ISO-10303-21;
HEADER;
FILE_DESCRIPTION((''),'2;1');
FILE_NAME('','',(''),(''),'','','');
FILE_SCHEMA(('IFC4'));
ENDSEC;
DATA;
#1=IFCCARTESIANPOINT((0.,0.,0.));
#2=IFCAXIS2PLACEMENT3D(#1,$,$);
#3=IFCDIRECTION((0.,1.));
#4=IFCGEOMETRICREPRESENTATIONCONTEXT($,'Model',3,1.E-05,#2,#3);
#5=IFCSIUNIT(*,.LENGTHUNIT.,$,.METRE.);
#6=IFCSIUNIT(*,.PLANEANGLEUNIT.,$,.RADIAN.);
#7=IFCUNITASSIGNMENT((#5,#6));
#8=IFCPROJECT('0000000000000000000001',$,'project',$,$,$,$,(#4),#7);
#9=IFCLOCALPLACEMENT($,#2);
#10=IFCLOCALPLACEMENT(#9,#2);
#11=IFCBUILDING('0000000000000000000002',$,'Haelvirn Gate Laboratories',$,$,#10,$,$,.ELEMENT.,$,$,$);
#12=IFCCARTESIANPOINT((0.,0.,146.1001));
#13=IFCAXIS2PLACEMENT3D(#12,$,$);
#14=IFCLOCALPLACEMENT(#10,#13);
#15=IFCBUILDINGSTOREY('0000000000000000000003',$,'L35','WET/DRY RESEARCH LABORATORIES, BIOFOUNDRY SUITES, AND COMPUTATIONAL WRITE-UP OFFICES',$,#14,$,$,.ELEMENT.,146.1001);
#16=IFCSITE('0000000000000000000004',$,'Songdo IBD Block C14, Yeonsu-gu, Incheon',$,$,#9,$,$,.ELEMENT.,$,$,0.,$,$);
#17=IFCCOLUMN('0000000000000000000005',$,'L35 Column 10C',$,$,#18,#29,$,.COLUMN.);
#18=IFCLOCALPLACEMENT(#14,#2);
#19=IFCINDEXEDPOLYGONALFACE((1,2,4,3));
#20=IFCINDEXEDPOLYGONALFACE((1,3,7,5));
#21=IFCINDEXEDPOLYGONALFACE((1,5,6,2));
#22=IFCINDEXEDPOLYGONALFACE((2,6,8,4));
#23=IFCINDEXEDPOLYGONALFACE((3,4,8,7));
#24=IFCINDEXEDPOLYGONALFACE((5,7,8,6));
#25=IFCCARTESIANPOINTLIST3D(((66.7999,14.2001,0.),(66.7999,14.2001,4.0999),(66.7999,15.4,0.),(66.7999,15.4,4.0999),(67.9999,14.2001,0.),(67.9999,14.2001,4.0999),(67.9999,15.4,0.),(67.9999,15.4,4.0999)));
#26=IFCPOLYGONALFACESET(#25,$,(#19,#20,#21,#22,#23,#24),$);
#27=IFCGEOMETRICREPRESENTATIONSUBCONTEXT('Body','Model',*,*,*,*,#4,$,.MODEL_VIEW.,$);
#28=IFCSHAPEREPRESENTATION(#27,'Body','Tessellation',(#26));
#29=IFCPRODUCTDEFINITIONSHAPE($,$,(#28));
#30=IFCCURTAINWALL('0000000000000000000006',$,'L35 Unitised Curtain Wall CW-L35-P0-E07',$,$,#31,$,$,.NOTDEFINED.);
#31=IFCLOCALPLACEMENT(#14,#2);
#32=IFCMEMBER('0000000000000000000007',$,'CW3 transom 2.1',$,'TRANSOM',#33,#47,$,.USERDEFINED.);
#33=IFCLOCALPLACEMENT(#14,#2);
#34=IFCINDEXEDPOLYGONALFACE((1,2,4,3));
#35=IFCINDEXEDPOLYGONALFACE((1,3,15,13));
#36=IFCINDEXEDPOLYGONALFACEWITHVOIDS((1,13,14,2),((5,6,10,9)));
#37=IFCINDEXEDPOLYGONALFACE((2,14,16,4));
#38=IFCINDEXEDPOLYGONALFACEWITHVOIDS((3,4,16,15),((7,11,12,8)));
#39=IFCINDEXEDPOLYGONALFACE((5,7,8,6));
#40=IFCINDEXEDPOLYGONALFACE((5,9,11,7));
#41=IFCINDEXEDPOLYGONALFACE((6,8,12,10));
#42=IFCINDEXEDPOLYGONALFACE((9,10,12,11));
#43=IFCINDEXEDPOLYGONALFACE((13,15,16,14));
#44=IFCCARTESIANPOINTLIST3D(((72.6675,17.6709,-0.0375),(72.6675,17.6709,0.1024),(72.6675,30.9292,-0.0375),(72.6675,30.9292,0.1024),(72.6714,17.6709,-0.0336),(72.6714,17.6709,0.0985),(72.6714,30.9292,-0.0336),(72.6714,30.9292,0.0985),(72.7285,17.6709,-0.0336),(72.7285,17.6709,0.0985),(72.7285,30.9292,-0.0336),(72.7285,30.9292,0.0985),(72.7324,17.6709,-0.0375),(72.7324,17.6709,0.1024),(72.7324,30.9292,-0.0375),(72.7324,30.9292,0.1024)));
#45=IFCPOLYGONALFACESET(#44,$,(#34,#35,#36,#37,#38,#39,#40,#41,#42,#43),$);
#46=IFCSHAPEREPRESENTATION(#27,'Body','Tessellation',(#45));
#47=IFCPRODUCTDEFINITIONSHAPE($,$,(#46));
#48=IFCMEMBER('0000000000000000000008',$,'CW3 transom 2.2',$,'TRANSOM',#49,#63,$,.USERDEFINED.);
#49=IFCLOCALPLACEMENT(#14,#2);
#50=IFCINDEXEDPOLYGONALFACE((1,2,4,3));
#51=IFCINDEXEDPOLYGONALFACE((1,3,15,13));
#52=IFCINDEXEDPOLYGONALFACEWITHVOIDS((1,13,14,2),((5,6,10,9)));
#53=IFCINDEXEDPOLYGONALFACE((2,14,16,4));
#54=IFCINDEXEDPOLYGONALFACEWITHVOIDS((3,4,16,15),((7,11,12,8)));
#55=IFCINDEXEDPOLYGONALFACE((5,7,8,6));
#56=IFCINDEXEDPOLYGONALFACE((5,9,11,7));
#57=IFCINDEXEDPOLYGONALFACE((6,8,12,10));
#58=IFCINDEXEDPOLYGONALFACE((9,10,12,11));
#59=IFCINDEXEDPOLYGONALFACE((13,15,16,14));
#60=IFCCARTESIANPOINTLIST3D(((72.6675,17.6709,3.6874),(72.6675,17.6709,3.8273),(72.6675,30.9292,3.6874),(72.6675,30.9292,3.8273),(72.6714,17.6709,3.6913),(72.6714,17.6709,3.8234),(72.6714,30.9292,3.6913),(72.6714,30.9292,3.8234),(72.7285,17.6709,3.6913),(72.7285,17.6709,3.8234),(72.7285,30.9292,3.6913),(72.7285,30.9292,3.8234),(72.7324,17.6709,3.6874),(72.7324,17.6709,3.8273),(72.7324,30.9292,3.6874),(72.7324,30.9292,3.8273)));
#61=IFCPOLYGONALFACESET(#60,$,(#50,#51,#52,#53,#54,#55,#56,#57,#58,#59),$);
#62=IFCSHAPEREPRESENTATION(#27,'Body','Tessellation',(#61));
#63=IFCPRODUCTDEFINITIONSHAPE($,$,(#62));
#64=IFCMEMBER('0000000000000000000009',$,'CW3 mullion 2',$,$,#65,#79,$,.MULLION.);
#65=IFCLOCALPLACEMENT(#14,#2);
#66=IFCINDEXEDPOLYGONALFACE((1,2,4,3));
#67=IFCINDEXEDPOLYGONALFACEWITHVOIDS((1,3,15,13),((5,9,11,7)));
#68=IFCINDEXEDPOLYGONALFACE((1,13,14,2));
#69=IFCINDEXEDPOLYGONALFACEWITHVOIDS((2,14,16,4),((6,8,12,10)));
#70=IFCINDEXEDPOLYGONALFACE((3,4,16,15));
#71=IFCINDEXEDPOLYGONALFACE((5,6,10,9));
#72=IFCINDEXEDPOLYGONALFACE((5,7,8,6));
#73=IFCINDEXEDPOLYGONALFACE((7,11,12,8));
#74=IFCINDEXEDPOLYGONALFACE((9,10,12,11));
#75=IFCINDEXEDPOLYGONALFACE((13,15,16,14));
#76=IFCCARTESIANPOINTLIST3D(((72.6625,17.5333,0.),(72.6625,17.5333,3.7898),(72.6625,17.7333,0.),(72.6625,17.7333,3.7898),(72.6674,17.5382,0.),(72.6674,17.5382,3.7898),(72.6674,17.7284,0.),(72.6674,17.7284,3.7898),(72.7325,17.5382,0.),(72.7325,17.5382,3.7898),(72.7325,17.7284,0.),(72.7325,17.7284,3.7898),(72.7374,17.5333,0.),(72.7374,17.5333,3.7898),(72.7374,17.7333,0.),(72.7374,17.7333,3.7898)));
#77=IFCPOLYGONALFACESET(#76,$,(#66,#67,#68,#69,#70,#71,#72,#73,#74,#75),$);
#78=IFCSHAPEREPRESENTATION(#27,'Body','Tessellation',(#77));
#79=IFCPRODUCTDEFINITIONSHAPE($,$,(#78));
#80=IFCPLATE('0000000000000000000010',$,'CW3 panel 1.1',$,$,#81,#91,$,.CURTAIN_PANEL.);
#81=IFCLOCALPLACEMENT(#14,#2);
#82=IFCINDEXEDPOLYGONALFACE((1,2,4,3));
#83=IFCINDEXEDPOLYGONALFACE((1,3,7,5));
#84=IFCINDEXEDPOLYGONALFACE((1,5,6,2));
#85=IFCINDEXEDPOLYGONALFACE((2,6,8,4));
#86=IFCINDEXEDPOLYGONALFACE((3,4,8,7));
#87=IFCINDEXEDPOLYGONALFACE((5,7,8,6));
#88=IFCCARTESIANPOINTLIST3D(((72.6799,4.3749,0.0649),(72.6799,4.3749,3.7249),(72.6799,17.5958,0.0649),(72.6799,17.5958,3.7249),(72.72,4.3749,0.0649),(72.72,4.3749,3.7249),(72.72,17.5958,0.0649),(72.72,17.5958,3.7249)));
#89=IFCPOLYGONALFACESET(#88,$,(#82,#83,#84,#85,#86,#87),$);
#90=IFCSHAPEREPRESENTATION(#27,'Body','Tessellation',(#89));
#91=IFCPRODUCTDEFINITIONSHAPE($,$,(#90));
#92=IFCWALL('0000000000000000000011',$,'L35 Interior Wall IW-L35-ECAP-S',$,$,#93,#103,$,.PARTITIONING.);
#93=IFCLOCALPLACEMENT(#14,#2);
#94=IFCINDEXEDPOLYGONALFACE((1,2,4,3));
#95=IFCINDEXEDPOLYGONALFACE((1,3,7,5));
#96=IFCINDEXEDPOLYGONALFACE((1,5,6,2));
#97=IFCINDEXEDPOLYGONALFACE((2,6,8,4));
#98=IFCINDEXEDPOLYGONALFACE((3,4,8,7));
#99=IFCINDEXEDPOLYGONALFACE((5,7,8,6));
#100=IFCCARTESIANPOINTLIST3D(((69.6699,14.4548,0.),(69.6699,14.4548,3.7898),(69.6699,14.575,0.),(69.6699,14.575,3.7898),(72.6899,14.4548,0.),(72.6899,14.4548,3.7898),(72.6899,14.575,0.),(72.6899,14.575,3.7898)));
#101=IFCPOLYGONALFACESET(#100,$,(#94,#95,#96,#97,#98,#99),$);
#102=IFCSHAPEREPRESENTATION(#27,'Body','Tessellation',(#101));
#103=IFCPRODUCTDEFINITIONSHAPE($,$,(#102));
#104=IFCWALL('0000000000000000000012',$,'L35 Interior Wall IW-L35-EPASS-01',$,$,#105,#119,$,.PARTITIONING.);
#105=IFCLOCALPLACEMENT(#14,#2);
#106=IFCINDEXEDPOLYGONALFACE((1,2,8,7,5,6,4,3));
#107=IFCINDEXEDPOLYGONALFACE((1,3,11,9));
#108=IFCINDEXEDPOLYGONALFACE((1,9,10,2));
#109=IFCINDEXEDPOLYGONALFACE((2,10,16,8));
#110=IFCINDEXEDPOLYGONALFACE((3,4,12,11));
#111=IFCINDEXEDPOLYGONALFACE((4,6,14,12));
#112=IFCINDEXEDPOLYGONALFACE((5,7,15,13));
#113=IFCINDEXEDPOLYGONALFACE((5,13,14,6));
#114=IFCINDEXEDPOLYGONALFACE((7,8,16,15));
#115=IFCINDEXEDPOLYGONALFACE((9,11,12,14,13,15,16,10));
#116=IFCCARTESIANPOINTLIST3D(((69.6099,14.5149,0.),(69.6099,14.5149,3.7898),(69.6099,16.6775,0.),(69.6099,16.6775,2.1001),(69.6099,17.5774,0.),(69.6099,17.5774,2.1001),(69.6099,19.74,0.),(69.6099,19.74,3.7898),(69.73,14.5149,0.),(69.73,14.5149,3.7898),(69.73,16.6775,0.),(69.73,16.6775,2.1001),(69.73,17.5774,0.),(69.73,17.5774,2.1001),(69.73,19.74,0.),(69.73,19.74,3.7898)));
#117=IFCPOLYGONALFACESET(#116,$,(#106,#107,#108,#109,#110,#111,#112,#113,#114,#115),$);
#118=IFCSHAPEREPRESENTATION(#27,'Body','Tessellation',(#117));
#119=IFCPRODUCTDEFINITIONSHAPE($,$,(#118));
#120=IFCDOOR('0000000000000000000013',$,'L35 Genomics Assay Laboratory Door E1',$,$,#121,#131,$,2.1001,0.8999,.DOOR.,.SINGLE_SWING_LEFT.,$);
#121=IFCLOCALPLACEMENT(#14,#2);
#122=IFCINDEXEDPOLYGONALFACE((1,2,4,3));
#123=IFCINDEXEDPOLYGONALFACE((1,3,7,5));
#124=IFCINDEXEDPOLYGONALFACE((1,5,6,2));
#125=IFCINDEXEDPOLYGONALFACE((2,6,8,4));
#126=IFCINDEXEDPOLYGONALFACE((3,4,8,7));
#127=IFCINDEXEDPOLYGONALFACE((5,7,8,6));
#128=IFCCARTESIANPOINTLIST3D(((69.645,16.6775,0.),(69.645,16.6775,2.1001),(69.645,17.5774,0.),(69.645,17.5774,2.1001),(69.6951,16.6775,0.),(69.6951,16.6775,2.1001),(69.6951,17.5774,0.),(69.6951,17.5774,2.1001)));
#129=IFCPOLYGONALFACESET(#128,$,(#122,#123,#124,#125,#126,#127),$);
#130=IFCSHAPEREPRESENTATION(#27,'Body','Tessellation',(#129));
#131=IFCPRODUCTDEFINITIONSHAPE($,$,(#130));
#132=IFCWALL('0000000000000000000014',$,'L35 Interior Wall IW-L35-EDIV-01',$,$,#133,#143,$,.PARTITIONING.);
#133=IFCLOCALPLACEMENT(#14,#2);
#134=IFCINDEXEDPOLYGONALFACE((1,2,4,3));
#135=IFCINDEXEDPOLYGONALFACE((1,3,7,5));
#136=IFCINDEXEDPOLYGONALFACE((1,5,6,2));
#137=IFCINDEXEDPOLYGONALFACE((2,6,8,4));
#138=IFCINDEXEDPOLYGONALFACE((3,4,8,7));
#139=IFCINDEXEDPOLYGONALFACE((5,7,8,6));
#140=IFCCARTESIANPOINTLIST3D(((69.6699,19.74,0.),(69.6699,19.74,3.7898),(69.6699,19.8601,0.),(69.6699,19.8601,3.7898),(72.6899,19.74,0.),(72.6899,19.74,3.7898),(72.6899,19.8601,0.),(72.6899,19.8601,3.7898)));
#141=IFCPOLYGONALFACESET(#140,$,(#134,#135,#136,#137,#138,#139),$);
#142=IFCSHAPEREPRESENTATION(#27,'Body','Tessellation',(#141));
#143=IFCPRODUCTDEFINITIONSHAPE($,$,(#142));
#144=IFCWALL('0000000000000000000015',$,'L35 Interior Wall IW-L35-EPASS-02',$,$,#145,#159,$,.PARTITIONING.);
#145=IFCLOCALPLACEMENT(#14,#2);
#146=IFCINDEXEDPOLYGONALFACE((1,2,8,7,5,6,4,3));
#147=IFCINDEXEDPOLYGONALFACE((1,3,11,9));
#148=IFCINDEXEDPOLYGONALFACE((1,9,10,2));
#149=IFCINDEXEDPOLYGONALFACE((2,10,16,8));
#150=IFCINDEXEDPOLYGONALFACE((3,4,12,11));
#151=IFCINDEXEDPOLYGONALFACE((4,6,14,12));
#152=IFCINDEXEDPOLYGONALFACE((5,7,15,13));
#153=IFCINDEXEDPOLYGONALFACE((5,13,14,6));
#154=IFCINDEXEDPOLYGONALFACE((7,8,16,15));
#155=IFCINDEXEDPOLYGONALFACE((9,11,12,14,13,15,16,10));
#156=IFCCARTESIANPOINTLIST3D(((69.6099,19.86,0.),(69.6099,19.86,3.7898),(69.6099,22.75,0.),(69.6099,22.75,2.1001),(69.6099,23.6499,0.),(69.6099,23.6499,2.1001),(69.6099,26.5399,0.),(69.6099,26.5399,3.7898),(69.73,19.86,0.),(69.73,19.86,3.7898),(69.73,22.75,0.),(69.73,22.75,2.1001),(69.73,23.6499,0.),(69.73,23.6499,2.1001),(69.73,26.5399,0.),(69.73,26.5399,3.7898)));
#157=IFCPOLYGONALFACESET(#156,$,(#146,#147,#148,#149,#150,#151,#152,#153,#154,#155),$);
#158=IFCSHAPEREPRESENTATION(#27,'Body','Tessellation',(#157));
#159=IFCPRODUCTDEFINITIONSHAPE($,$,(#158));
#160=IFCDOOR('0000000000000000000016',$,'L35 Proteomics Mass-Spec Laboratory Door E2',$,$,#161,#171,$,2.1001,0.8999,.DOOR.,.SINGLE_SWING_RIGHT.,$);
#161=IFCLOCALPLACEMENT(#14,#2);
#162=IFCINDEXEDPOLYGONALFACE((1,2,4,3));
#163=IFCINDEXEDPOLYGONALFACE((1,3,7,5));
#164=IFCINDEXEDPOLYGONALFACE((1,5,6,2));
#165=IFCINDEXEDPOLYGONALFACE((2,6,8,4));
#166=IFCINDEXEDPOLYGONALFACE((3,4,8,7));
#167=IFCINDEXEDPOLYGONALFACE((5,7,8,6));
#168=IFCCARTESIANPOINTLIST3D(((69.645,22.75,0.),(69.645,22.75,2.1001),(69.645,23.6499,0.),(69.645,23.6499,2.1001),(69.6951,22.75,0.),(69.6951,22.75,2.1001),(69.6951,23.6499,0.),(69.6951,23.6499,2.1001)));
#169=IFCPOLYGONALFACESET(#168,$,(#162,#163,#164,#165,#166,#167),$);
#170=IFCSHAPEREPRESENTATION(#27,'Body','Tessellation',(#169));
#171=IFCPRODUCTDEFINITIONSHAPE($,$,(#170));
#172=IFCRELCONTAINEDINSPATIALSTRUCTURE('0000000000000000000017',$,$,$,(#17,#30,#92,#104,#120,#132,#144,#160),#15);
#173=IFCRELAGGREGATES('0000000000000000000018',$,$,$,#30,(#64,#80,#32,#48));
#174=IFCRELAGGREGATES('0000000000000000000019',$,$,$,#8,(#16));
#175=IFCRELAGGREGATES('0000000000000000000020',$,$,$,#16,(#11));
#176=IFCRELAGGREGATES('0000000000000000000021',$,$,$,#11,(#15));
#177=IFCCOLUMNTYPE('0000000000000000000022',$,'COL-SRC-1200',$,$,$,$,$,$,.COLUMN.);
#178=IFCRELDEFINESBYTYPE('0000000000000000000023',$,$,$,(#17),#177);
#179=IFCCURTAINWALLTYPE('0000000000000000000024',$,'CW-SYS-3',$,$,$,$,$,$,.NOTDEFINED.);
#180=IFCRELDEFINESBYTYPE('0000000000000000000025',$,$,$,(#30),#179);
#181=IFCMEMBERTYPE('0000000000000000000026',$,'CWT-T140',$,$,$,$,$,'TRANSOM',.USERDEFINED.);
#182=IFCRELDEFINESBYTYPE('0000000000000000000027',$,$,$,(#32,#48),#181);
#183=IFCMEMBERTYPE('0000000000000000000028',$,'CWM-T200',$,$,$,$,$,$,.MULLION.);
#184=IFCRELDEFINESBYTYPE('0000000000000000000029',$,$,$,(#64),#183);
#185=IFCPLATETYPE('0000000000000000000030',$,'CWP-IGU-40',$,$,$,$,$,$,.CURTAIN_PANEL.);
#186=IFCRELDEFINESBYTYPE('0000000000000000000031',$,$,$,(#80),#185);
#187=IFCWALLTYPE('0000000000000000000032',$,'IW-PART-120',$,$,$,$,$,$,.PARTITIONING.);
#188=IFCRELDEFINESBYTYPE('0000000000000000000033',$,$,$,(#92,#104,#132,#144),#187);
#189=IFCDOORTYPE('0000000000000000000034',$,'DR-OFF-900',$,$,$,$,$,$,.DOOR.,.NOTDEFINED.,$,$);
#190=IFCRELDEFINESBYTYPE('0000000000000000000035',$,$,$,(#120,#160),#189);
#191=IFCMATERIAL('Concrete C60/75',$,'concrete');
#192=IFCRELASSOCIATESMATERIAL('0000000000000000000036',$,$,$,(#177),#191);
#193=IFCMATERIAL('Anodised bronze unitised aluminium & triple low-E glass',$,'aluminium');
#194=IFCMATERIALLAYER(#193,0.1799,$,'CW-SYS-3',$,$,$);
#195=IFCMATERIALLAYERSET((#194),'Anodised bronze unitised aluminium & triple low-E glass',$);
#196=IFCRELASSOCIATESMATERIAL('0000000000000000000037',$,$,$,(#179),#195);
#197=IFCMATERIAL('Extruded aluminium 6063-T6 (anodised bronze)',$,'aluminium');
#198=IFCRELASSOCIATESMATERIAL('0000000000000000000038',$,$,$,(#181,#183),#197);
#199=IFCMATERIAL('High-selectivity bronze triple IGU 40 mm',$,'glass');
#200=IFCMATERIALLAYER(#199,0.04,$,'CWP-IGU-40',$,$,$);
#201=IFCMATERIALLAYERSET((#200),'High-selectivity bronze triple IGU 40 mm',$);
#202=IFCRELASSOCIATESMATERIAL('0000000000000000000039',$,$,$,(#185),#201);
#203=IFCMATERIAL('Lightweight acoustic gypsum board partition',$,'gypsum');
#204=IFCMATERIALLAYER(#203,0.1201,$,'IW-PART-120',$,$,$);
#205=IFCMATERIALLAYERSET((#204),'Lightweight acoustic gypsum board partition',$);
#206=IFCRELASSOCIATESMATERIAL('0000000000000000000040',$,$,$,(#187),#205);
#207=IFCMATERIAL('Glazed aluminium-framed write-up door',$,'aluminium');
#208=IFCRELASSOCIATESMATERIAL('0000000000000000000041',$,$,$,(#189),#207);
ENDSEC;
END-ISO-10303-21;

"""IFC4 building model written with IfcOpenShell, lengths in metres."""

from ifc_helpers import new_model, si_unit, direction, frame, frame_2d, origin, origin_2d, place, context, subcontext, project, spatial, rectangle, hollow_rectangle, extrude, source, transform, mapped, material, layer, layer_set, material_profile, profile_set, type_object, type_shapes, element, fill, aggregate, save


model = new_model("IFC4")

# Units and contexts
model_context = context("Model", 3, precision=1e-05, world=origin(), true_north=direction((0.0, 1.0)))
body_context = subcontext(model_context, "Body", "Model", "MODEL_VIEW")
ifc_project = project(units=[si_unit("LENGTHUNIT", "METRE"), si_unit("PLANEANGLEUNIT", "RADIAN")], contexts=[model_context])

# Site, building, storey
site_placement = place(None, origin())
site = spatial("IfcSite", under=ifc_project, at=site_placement, Name="Songdo IBD Block C14, Yeonsu-gu, Incheon", CompositionType="ELEMENT", RefElevation=0.0)
building_placement = place(site_placement, origin())
building = spatial("IfcBuilding", under=site, at=building_placement, Name="Haelvirn Gate Laboratories", CompositionType="ELEMENT")
storey_placement = place(building_placement, frame((0.0, 0.0, 146.1001)))
storey = spatial("IfcBuildingStorey", under=building, at=storey_placement, Name="L35", Description="WET/DRY RESEARCH LABORATORIES, BIOFOUNDRY SUITES, AND COMPUTATIONAL WRITE-UP OFFICES", CompositionType="ELEMENT", Elevation=146.1001)

# Column
ifc_material_1 = material(Name="Concrete C60/75", Category="concrete")
ifc_material_profile_1 = material_profile(ifc_material_1, rectangle(XDim=1.2, YDim=1.2, at=origin_2d()), Name="SRC-1200x1200")
ifc_profile_set_1 = profile_set([ifc_material_profile_1], Name="Concrete C60/75")
column_type = type_object("IfcColumnType", Name="COL-SRC-1200", PredefinedType="COLUMN", material=ifc_profile_set_1)
shared_shape_1 = source(origin(), body_context, "Body", "SweptSolid", [
    extrude(rectangle(XDim=1.2, YDim=1.2, at=origin_2d()), origin(), (0.0, 0.0, 1.0), 4.0999),
])
type_shapes(column_type, [shared_shape_1])
column_placement = place(storey_placement, frame((67.3999, 14.8, 0.0), z_axis=(0.0, 0.0, 1.0), x_axis=(1.0, 0.0, 0.0)))
element("IfcColumn", 1, at=column_placement, inside=storey, type_object=column_type, Name="L35 Column 10C", PredefinedType="COLUMN", context=body_context, shape_type="MappedRepresentation", body=[
    mapped(shared_shape_1, transform((0.0, 0.0, 0.0), scale=1.0)),
])

# Curtain wall, members, plate
ifc_material_2 = material(Name="Anodised bronze unitised aluminium & triple low-E glass", Category="aluminium")
ifc_layer_1 = layer(ifc_material_2, 0.1799, Name="CW-SYS-3")
ifc_layer_set_1 = layer_set([ifc_layer_1], Name="Anodised bronze unitised aluminium & triple low-E glass")
curtain_wall_type = type_object("IfcCurtainWallType", Name="CW-SYS-3", PredefinedType="NOTDEFINED", material=ifc_layer_set_1)
curtain_wall_placement = place(storey_placement, origin())
curtain_wall = element("IfcCurtainWall", 2, at=curtain_wall_placement, inside=storey, type_object=curtain_wall_type, Name="L35 Unitised Curtain Wall CW-L35-P0-E07", PredefinedType="NOTDEFINED")
ifc_material_3 = material(Name="Extruded aluminium 6063-T6 (anodised bronze)", Category="aluminium")
ifc_material_profile_2 = material_profile(ifc_material_3, hollow_rectangle(XDim=0.0649, YDim=0.1399, WallThickness=0.0039, at=origin_2d()), Name="CWT-140x65x4")
ifc_profile_set_2 = profile_set([ifc_material_profile_2], Name="Extruded aluminium 6063-T6 (anodised bronze)")
member_type_1 = type_object("IfcMemberType", Name="CWT-T140", ElementType="TRANSOM", PredefinedType="USERDEFINED", material=ifc_profile_set_2)
shared_shape_2 = source(origin(), body_context, "Body", "SweptSolid", [
    extrude(hollow_rectangle(XDim=0.0649, YDim=0.1399, WallThickness=0.0039, at=origin_2d()), origin(), (0.0, 0.0, 1.0), 13.2583),
])
type_shapes(member_type_1, [shared_shape_2])
member_1_placement = place(storey_placement, frame((72.7, 17.6709, 0.0325), z_axis=(0.0, 1.0, 0.0), x_axis=(-1.0, 0.0, 0.0)))
member_1 = element("IfcMember", 3, at=member_1_placement, type_object=member_type_1, Name="CW3 transom 2.1", ObjectType="TRANSOM", PredefinedType="USERDEFINED", context=body_context, shape_type="MappedRepresentation", body=[
    mapped(shared_shape_2, transform((0.0, 0.0, 0.0), scale=1.0)),
])
member_2_placement = place(storey_placement, frame((72.7, 17.6709, 3.7573), z_axis=(0.0, 1.0, 0.0), x_axis=(-1.0, 0.0, 0.0)))
member_2 = element("IfcMember", 4, at=member_2_placement, type_object=member_type_1, Name="CW3 transom 2.2", ObjectType="TRANSOM", PredefinedType="USERDEFINED", context=body_context, shape_type="MappedRepresentation", body=[
    mapped(shared_shape_2, transform((0.0, 0.0, 0.0), scale=1.0)),
])
ifc_material_profile_3 = material_profile(ifc_material_3, hollow_rectangle(XDim=0.075, YDim=0.2, WallThickness=0.0049, at=origin_2d()), Name="CWM-200x75x5")
ifc_profile_set_3 = profile_set([ifc_material_profile_3], Name="Extruded aluminium 6063-T6 (anodised bronze)")
member_type_2 = type_object("IfcMemberType", Name="CWM-T200", PredefinedType="MULLION", material=ifc_profile_set_3)
shared_shape_3 = source(origin(), body_context, "Body", "SweptSolid", [
    extrude(hollow_rectangle(XDim=0.075, YDim=0.2, WallThickness=0.0049, at=origin_2d()), origin(), (0.0, 0.0, 1.0), 3.7898),
])
type_shapes(member_type_2, [shared_shape_3])
member_3_placement = place(storey_placement, frame((72.7, 17.6333, 0.0), z_axis=(0.0, 0.0, 1.0), x_axis=(-1.0, 0.0, 0.0)))
member_3 = element("IfcMember", 5, at=member_3_placement, type_object=member_type_2, Name="CW3 mullion 2", PredefinedType="MULLION", context=body_context, shape_type="MappedRepresentation", body=[
    mapped(shared_shape_3, transform((0.0, 0.0, 0.0), scale=1.0)),
])
ifc_material_4 = material(Name="High-selectivity bronze triple IGU 40 mm", Category="glass")
ifc_layer_2 = layer(ifc_material_4, 0.04, Name="CWP-IGU-40")
ifc_layer_set_2 = layer_set([ifc_layer_2], Name="High-selectivity bronze triple IGU 40 mm")
plate_type = type_object("IfcPlateType", Name="CWP-IGU-40", PredefinedType="CURTAIN_PANEL", material=ifc_layer_set_2)
shared_shape_4 = source(origin(), body_context, "Body", "SweptSolid", [
    extrude(rectangle(XDim=13.2209, YDim=0.04, at=origin_2d()), origin(), (0.0, 0.0, 1.0), 3.6599),
])
type_shapes(plate_type, [shared_shape_4])
plate_placement = place(storey_placement, frame((72.7, 10.9854, 0.0649), z_axis=(0.0, 0.0, 1.0), x_axis=(0.0, 1.0, 0.0)))
plate = element("IfcPlate", 6, at=plate_placement, type_object=plate_type, Name="CW3 panel 1.1", PredefinedType="CURTAIN_PANEL", context=body_context, shape_type="MappedRepresentation", body=[
    mapped(shared_shape_4, transform((0.0, 0.0, 0.0), scale=1.0)),
])
aggregate(curtain_wall, [member_3, plate, member_1, member_2])

# Wall
ifc_material_5 = material(Name="Lightweight acoustic gypsum board partition", Category="gypsum")
ifc_layer_3 = layer(ifc_material_5, 0.1201, Name="IW-PART-120")
ifc_layer_set_3 = layer_set([ifc_layer_3], Name="Lightweight acoustic gypsum board partition")
wall_type_1 = type_object("IfcWallType", Name="IW-PART-120", PredefinedType="PARTITIONING", material=ifc_layer_set_3)
wall_1_placement = place(storey_placement, frame((69.6699, 14.5149, 0.0), z_axis=(0.0, 0.0, 1.0), x_axis=(1.0, 0.0, 0.0)))
element("IfcWall", 7, at=wall_1_placement, inside=storey, type_object=wall_type_1, Name="L35 Interior Wall IW-L35-ECAP-S", PredefinedType="PARTITIONING", context=body_context, shape_type="SweptSolid", body=[
    extrude(rectangle(XDim=3.02, YDim=0.1201, at=frame_2d((1.51, 0.0))), origin(), (0.0, 0.0, 1.0), 3.7898),
])

# Wall, opening, door
wall_2_placement = place(storey_placement, frame((69.6699, 14.5149, 0.0), z_axis=(0.0, 0.0, 1.0), x_axis=(0.0, 1.0, 0.0)))
wall_2 = element("IfcWall", 8, at=wall_2_placement, inside=storey, type_object=wall_type_1, Name="L35 Interior Wall IW-L35-EPASS-01", PredefinedType="PARTITIONING", context=body_context, shape_type="SweptSolid", body=[
    extrude(rectangle(XDim=5.2251, YDim=0.1201, at=frame_2d((2.6125, 0.0))), origin(), (0.0, 0.0, 1.0), 3.7898),
])
opening_1_placement = place(wall_2_placement, frame((2.1626, 0.0, 0.0)))
opening_1 = element("IfcOpeningElement", 9, at=opening_1_placement, cuts=wall_2, PredefinedType="OPENING", context=body_context, shape_type="SweptSolid", body=[
    extrude(rectangle(XDim=0.8999, YDim=2.1001, at=frame_2d((0.45, 1.05))), frame((0.0, 0.0701, 0.0), z_axis=(0.0, -1.0, 0.0), x_axis=(1.0, 0.0, 0.0)), (0.0, 0.0, 1.0), 0.1401),
])
ifc_material_6 = material(Name="Glazed aluminium-framed write-up door", Category="aluminium")
door_type_1 = type_object("IfcDoorType", Name="DR-OFF-900", OperationType="NOTDEFINED", PredefinedType="DOOR", material=ifc_material_6)
shared_shape_5 = source(origin(), body_context, "Body", "SweptSolid", [
    extrude(rectangle(XDim=0.8999, YDim=2.1001, at=frame_2d((0.45, 1.05))), frame((0.0, 0.0249, 0.0), z_axis=(0.0, -1.0, 0.0), x_axis=(1.0, 0.0, 0.0)), (0.0, 0.0, 1.0), 0.05),
])
type_shapes(door_type_1, [shared_shape_5])
door_1_placement = place(opening_1_placement, origin())
door_1 = element("IfcDoor", 10, at=door_1_placement, inside=storey, type_object=door_type_1, Name="L35 Genomics Assay Laboratory Door E1", OperationType="SINGLE_SWING_LEFT", OverallHeight=2.1001, OverallWidth=0.8999, PredefinedType="DOOR", context=body_context, shape_type="MappedRepresentation", body=[
    mapped(shared_shape_5, transform((0.0, 0.0, 0.0), scale=1.0)),
])
fill(opening_1, door_1)

# Wall
wall_3_placement = place(storey_placement, frame((69.6699, 19.8, 0.0), z_axis=(0.0, 0.0, 1.0), x_axis=(1.0, 0.0, 0.0)))
element("IfcWall", 11, at=wall_3_placement, inside=storey, type_object=wall_type_1, Name="L35 Interior Wall IW-L35-EDIV-01", PredefinedType="PARTITIONING", context=body_context, shape_type="SweptSolid", body=[
    extrude(rectangle(XDim=3.02, YDim=0.1201, at=frame_2d((1.51, 0.0))), origin(), (0.0, 0.0, 1.0), 3.7898),
])

# Wall, opening, door
wall_4_placement = place(storey_placement, frame((69.6699, 19.8601, 0.0), z_axis=(0.0, 0.0, 1.0), x_axis=(0.0, 1.0, 0.0)))
wall_4 = element("IfcWall", 12, at=wall_4_placement, inside=storey, type_object=wall_type_1, Name="L35 Interior Wall IW-L35-EPASS-02", PredefinedType="PARTITIONING", context=body_context, shape_type="SweptSolid", body=[
    extrude(rectangle(XDim=6.6799, YDim=0.1201, at=frame_2d((3.3398, 0.0))), origin(), (0.0, 0.0, 1.0), 3.7898),
])
opening_2_placement = place(wall_4_placement, frame((2.8899, 0.0, 0.0)))
opening_2 = element("IfcOpeningElement", 13, at=opening_2_placement, cuts=wall_4, PredefinedType="OPENING", context=body_context, shape_type="SweptSolid", body=[
    extrude(rectangle(XDim=0.8999, YDim=2.1001, at=frame_2d((0.45, 1.05))), frame((0.0, 0.0701, 0.0), z_axis=(0.0, -1.0, 0.0), x_axis=(1.0, 0.0, 0.0)), (0.0, 0.0, 1.0), 0.1401),
])
door_2_placement = place(opening_2_placement, origin())
door_2 = element("IfcDoor", 14, at=door_2_placement, inside=storey, type_object=door_type_1, Name="L35 Proteomics Mass-Spec Laboratory Door E2", OperationType="SINGLE_SWING_RIGHT", OverallHeight=2.1001, OverallWidth=0.8999, PredefinedType="DOOR", context=body_context, shape_type="MappedRepresentation", body=[
    mapped(shared_shape_5, transform((0.0, 0.0, 0.0), scale=1.0)),
])
fill(opening_2, door_2)

save(model, "model.ifc")
